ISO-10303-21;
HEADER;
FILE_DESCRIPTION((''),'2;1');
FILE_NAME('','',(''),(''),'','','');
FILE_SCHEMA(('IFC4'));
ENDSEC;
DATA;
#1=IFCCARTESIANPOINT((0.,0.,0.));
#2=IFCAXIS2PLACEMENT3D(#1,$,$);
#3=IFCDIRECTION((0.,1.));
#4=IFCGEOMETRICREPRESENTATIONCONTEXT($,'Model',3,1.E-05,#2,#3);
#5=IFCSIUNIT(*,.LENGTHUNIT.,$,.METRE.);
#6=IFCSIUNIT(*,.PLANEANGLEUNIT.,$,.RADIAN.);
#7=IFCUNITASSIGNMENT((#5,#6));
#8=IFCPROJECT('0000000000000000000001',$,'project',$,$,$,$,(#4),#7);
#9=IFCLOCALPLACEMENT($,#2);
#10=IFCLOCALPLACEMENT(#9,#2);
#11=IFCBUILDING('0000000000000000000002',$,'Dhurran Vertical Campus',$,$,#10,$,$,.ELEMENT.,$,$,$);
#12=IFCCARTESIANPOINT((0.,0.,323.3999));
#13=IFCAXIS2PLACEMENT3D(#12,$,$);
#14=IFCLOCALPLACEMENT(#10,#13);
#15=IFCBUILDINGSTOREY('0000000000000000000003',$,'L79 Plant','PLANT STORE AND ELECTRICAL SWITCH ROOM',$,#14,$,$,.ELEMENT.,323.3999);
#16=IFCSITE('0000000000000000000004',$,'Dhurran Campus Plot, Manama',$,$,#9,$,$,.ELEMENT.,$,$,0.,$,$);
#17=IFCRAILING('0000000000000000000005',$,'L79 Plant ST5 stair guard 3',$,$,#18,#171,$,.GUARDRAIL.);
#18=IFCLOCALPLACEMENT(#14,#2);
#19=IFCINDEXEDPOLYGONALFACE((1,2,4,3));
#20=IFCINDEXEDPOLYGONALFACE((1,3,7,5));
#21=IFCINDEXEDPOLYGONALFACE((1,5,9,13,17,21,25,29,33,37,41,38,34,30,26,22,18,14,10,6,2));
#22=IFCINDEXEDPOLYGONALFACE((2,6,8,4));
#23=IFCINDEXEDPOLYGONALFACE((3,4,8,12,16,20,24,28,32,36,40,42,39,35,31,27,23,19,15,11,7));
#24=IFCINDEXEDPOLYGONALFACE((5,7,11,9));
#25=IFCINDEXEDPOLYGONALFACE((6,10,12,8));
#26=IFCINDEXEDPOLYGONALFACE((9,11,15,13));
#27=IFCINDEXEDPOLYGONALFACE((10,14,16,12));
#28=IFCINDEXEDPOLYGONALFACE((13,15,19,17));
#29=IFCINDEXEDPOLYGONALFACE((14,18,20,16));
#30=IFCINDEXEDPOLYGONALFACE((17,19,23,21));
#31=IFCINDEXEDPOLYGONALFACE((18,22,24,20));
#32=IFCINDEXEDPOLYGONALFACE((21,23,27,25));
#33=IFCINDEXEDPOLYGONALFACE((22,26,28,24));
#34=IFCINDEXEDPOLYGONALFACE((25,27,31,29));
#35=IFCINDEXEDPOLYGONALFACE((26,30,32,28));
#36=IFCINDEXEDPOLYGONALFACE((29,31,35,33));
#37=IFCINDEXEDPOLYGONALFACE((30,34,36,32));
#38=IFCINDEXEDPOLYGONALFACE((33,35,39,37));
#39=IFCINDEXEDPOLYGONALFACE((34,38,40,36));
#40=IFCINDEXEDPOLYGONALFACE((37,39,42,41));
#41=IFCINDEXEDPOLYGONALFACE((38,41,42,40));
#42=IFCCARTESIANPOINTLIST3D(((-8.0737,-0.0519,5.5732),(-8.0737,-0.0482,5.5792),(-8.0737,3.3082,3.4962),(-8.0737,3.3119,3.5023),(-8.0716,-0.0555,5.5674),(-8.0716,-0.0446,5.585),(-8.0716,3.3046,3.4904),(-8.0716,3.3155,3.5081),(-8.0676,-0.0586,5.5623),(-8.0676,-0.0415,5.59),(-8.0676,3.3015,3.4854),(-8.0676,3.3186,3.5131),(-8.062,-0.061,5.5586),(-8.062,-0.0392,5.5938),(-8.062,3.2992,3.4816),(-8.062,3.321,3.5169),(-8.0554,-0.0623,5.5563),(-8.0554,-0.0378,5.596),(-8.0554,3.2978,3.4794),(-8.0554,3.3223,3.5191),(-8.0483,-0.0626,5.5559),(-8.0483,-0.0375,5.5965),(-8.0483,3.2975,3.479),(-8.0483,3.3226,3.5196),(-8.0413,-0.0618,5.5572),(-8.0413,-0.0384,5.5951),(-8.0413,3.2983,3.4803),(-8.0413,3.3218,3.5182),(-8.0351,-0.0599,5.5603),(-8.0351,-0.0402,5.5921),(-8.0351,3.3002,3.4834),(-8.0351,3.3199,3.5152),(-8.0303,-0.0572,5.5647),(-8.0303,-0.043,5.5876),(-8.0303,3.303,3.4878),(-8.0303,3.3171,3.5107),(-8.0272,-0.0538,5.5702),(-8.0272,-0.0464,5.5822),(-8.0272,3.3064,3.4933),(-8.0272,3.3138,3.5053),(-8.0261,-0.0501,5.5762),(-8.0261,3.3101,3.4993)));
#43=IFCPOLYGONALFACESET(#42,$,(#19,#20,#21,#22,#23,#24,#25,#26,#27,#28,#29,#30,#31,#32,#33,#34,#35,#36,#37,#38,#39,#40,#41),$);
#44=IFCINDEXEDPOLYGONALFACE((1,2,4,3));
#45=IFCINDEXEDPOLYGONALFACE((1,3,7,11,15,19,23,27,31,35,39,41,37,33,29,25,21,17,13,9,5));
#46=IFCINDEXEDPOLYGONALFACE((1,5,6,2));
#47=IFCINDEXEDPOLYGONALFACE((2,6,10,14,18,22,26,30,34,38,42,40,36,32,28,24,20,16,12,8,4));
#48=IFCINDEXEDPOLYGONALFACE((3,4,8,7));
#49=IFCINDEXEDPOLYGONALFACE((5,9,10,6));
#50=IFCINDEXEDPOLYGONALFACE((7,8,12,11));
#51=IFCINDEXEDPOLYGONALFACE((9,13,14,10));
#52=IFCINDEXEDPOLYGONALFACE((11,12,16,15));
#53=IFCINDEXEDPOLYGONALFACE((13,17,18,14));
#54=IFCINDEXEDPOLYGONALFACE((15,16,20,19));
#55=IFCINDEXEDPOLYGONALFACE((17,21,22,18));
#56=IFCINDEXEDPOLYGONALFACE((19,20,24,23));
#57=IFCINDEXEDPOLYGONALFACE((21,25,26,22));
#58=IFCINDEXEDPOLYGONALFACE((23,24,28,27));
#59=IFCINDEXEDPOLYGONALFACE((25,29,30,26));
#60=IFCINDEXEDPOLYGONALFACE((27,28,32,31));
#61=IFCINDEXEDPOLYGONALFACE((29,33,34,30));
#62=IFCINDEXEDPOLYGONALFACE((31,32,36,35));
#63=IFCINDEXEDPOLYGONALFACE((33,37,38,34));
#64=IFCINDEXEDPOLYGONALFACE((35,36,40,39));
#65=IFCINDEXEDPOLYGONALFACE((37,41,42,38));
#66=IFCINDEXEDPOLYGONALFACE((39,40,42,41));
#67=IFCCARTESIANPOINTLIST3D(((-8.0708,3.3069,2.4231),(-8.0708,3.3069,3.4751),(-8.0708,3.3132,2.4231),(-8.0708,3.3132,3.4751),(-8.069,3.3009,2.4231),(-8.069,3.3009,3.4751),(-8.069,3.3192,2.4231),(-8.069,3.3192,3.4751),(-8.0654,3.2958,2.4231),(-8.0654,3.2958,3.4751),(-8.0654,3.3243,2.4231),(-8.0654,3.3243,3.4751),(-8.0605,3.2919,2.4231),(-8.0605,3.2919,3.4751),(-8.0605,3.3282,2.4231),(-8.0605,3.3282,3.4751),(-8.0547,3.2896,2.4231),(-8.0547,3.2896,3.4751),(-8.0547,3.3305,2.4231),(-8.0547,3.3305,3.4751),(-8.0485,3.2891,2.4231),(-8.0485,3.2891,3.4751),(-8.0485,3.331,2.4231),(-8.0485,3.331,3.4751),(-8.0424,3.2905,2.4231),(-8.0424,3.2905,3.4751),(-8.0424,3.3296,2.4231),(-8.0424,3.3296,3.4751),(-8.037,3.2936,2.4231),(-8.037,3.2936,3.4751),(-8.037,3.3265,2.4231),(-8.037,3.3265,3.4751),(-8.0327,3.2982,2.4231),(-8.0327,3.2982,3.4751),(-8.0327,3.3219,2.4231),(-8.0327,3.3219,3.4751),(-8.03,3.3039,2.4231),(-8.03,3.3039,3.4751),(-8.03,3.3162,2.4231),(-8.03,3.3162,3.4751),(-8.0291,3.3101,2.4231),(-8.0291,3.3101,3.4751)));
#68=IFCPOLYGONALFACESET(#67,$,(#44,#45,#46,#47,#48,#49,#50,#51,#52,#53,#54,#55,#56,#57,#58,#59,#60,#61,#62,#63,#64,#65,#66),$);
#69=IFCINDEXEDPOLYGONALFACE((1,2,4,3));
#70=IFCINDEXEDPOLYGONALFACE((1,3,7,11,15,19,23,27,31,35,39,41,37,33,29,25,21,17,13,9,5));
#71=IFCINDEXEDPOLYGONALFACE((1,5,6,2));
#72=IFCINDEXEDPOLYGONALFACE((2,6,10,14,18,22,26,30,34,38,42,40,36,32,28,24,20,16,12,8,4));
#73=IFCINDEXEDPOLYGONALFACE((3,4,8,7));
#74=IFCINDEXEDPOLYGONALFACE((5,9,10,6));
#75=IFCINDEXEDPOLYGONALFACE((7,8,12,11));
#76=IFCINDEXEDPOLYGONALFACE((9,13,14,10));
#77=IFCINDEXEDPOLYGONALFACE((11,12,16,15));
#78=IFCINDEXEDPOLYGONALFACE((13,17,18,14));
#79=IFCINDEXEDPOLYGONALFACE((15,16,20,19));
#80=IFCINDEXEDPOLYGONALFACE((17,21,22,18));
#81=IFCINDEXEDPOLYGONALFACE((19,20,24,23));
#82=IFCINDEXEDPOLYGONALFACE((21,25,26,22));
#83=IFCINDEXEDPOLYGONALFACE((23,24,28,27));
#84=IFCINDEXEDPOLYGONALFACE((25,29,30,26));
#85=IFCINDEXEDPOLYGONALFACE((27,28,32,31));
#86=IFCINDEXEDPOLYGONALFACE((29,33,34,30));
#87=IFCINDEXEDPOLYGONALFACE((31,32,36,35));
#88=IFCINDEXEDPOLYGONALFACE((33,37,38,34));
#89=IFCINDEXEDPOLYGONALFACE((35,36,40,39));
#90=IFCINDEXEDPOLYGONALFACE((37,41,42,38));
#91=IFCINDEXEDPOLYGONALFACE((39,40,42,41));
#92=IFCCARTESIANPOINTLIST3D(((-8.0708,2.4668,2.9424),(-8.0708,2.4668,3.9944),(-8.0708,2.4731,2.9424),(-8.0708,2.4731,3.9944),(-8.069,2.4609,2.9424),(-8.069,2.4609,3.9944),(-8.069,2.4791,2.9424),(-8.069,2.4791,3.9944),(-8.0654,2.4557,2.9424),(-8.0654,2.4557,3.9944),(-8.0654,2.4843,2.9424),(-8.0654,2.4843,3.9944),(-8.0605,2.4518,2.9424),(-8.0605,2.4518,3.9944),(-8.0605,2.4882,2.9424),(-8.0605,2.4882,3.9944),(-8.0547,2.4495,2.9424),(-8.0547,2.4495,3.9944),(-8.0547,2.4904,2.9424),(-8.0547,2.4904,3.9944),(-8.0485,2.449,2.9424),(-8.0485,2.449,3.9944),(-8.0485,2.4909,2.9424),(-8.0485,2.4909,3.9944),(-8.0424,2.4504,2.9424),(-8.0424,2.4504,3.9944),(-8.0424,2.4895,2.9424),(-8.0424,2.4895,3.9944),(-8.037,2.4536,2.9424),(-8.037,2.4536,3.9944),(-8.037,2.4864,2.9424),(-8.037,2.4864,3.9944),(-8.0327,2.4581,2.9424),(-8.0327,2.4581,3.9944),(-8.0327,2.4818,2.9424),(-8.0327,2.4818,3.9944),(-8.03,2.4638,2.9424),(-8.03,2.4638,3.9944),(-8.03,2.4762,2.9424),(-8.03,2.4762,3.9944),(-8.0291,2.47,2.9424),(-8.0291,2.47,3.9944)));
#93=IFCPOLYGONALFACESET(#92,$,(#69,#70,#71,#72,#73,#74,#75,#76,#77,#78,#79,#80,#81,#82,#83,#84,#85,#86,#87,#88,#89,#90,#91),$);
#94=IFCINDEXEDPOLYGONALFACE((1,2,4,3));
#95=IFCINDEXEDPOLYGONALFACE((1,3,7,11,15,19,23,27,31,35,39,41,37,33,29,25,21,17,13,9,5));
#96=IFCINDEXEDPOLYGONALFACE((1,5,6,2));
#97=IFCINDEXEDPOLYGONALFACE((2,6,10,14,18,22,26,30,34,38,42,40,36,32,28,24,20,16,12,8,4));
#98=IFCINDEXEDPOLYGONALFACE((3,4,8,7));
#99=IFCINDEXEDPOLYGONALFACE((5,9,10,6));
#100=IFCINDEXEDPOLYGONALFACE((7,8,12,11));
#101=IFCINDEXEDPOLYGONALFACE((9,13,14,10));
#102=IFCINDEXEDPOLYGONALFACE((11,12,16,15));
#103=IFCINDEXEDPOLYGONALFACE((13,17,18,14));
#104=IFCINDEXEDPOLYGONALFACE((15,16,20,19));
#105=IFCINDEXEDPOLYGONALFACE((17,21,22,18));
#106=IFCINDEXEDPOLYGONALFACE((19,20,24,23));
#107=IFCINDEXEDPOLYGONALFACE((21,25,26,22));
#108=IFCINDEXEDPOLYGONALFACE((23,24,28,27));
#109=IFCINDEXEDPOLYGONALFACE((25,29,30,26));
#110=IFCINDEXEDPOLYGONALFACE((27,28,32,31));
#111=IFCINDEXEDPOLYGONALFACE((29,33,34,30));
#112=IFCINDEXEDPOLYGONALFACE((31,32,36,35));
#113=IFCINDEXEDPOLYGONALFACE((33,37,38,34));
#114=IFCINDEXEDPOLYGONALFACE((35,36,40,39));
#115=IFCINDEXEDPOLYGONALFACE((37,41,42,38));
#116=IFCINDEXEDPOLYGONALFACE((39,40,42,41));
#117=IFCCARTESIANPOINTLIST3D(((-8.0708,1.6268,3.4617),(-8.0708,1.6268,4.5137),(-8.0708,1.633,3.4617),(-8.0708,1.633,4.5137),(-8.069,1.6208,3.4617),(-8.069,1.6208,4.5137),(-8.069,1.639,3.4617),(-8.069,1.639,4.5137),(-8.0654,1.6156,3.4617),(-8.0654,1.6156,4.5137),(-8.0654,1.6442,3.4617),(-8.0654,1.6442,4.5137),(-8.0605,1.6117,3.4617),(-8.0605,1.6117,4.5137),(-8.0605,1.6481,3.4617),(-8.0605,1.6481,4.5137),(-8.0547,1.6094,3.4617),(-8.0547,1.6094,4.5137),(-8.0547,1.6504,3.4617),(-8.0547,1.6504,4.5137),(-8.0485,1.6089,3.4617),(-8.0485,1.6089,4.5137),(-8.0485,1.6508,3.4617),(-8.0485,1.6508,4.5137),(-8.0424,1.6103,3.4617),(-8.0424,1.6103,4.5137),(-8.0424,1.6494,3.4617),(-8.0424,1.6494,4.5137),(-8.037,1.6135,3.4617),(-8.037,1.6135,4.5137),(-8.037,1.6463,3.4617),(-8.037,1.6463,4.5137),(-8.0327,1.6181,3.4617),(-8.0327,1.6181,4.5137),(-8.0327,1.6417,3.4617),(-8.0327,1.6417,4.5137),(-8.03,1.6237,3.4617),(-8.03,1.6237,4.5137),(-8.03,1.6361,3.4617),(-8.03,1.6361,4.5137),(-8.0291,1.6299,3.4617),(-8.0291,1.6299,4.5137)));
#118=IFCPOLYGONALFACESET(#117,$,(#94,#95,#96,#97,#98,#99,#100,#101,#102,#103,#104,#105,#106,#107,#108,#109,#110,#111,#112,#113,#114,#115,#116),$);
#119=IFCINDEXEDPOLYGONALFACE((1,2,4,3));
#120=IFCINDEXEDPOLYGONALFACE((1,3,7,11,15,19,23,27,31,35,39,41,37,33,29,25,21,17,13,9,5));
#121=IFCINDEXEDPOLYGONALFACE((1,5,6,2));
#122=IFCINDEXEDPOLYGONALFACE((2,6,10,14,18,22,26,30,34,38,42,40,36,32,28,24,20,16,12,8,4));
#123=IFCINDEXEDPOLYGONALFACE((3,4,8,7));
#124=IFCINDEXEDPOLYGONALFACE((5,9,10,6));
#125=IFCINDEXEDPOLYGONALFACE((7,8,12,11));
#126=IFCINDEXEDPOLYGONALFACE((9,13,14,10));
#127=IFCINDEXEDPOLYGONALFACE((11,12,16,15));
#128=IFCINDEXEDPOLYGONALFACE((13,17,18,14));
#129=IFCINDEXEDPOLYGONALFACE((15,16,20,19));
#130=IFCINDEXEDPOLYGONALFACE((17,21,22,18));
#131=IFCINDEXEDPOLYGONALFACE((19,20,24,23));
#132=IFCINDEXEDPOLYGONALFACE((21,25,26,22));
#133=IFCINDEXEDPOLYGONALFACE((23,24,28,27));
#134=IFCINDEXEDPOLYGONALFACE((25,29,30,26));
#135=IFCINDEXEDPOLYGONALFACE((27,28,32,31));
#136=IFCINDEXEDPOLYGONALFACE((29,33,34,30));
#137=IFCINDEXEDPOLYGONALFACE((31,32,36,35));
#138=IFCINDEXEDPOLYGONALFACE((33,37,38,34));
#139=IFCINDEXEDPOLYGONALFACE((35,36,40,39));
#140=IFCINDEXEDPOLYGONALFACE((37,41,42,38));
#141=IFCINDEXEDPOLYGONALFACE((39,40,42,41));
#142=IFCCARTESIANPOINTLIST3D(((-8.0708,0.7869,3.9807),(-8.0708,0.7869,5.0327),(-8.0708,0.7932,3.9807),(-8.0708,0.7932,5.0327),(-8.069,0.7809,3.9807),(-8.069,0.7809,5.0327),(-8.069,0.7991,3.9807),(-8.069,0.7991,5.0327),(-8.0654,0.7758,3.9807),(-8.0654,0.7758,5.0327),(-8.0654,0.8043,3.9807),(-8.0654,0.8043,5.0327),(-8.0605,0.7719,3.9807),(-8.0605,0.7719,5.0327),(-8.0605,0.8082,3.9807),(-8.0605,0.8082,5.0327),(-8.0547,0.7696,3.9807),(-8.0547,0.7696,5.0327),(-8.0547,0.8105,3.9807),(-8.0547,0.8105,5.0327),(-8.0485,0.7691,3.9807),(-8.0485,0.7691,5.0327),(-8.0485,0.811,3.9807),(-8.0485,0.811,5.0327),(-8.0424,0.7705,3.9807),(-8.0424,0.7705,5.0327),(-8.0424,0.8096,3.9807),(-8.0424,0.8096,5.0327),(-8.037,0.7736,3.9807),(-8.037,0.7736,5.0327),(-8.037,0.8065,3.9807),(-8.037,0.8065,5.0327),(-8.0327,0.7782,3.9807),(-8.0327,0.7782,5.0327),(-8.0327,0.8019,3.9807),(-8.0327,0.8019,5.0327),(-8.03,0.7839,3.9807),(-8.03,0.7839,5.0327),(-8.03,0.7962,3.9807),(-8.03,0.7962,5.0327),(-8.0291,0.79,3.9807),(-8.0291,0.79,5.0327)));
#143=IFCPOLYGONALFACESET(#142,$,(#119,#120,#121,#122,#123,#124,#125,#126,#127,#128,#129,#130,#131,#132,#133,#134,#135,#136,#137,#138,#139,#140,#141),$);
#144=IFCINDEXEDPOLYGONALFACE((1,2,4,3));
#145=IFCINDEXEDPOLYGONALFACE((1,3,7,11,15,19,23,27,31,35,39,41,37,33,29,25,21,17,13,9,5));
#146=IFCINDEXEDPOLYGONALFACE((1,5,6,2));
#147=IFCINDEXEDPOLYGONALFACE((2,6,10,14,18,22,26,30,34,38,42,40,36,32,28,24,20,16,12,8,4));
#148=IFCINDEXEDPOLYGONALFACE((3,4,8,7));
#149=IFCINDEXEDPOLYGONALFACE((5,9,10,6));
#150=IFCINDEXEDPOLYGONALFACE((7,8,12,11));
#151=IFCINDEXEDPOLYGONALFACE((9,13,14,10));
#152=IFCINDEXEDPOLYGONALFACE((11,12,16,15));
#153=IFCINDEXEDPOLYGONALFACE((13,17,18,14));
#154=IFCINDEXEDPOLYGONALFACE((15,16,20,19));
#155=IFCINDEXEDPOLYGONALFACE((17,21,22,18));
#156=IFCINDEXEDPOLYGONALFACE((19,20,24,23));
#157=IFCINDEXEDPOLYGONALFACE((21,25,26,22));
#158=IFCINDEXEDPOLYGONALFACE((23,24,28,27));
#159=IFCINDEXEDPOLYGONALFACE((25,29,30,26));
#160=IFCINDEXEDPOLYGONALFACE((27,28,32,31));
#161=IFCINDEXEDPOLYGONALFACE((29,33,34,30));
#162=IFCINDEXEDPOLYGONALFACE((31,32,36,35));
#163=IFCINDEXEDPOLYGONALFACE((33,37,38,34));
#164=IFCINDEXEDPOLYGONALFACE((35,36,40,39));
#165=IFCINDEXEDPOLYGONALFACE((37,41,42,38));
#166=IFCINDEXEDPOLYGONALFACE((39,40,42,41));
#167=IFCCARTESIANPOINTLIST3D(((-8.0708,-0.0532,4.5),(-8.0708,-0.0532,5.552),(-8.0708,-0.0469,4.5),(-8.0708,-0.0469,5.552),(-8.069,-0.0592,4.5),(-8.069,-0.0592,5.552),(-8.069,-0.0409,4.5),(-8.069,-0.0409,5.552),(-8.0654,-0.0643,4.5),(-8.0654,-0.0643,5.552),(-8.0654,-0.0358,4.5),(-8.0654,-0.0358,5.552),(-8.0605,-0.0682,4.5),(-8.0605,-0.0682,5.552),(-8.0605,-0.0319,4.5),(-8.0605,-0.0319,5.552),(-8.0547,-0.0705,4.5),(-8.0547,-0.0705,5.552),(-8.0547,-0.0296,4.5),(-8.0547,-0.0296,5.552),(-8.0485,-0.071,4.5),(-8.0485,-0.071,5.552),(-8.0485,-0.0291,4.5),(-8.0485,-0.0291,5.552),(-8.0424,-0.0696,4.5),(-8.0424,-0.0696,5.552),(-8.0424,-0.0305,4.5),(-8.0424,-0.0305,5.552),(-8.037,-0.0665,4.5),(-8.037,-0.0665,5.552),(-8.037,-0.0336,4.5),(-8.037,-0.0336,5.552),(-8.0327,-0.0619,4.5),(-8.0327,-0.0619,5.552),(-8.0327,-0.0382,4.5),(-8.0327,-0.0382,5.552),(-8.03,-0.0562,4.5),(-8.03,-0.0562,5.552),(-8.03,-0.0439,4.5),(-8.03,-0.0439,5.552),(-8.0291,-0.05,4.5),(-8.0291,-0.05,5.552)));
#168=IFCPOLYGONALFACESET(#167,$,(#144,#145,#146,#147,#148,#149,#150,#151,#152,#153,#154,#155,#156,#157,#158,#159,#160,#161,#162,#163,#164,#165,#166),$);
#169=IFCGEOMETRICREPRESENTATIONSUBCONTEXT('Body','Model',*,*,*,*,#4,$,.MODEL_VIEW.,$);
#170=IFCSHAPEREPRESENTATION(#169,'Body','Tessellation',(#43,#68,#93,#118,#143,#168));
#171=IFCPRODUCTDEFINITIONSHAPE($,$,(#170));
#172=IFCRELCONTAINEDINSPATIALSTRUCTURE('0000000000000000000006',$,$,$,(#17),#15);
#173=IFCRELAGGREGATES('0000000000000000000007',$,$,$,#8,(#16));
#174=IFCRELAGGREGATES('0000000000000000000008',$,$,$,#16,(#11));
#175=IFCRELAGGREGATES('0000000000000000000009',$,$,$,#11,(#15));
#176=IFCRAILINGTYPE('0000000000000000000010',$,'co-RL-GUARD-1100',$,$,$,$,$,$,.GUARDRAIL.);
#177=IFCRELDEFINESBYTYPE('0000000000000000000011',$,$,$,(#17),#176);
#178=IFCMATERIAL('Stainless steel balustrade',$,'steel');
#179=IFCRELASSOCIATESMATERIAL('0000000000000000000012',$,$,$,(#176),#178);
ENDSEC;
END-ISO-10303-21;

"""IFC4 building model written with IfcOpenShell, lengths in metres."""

from ifc_helpers import new_model, si_unit, direction, frame, origin, origin_2d, place, context, subcontext, project, spatial, circle, extrude, material, type_object, element, save


model = new_model("IFC4")

# Units and contexts
model_context = context("Model", 3, precision=1e-05, world=origin(), true_north=direction((0.0, 1.0)))
body_context = subcontext(model_context, "Body", "Model", "MODEL_VIEW")
ifc_project = project(units=[si_unit("LENGTHUNIT", "METRE"), si_unit("PLANEANGLEUNIT", "RADIAN")], contexts=[model_context])

# Site, building, storey
site_placement = place(None, origin())
site = spatial("IfcSite", under=ifc_project, at=site_placement, Name="Dhurran Campus Plot, Manama", CompositionType="ELEMENT", RefElevation=0.0)
building_placement = place(site_placement, origin())
building = spatial("IfcBuilding", under=site, at=building_placement, Name="Dhurran Vertical Campus", CompositionType="ELEMENT")
storey_placement = place(building_placement, frame((0.0, 0.0, 323.3999)))
storey = spatial("IfcBuildingStorey", under=building, at=storey_placement, Name="L79 Plant", Description="PLANT STORE AND ELECTRICAL SWITCH ROOM", CompositionType="ELEMENT", Elevation=323.3999)

# Railing
ifc_material_1 = material(Name="Stainless steel balustrade", Category="steel")
railing_type = type_object("IfcRailingType", Name="co-RL-GUARD-1100", PredefinedType="GUARDRAIL", material=ifc_material_1)
railing_1_placement = place(storey_placement, frame((-8.05, 3.3101, 2.4231)))
element("IfcRailing", 1, at=railing_1_placement, inside=storey, type_object=railing_type, Name="L79 Plant ST5 stair guard 3", PredefinedType="GUARDRAIL", context=body_context, shape_type="SweptSolid", body=[
    extrude(circle(Radius=0.0239, at=origin_2d()), frame((0.0, 0.0, 1.0762), z_axis=(0.0, -0.850623, 0.525776), x_axis=(1.0, 0.0, 0.0)), (0.0, 0.0, 1.0), 3.9502),
    extrude(circle(Radius=0.021, at=origin_2d()), origin(), (0.0, 0.0, 1.0), 1.052),
    extrude(circle(Radius=0.021, at=origin_2d()), frame((0.0, -0.8401, 0.5193)), (0.0, 0.0, 1.0), 1.052),
    extrude(circle(Radius=0.021, at=origin_2d()), frame((0.0, -1.6802, 1.0386)), (0.0, 0.0, 1.0), 1.052),
    extrude(circle(Radius=0.021, at=origin_2d()), frame((0.0, -2.52, 1.5576)), (0.0, 0.0, 1.0), 1.052),
    extrude(circle(Radius=0.021, at=origin_2d()), frame((0.0, -3.3601, 2.0769)), (0.0, 0.0, 1.0), 1.052),
])

save(model, "model.ifc")
